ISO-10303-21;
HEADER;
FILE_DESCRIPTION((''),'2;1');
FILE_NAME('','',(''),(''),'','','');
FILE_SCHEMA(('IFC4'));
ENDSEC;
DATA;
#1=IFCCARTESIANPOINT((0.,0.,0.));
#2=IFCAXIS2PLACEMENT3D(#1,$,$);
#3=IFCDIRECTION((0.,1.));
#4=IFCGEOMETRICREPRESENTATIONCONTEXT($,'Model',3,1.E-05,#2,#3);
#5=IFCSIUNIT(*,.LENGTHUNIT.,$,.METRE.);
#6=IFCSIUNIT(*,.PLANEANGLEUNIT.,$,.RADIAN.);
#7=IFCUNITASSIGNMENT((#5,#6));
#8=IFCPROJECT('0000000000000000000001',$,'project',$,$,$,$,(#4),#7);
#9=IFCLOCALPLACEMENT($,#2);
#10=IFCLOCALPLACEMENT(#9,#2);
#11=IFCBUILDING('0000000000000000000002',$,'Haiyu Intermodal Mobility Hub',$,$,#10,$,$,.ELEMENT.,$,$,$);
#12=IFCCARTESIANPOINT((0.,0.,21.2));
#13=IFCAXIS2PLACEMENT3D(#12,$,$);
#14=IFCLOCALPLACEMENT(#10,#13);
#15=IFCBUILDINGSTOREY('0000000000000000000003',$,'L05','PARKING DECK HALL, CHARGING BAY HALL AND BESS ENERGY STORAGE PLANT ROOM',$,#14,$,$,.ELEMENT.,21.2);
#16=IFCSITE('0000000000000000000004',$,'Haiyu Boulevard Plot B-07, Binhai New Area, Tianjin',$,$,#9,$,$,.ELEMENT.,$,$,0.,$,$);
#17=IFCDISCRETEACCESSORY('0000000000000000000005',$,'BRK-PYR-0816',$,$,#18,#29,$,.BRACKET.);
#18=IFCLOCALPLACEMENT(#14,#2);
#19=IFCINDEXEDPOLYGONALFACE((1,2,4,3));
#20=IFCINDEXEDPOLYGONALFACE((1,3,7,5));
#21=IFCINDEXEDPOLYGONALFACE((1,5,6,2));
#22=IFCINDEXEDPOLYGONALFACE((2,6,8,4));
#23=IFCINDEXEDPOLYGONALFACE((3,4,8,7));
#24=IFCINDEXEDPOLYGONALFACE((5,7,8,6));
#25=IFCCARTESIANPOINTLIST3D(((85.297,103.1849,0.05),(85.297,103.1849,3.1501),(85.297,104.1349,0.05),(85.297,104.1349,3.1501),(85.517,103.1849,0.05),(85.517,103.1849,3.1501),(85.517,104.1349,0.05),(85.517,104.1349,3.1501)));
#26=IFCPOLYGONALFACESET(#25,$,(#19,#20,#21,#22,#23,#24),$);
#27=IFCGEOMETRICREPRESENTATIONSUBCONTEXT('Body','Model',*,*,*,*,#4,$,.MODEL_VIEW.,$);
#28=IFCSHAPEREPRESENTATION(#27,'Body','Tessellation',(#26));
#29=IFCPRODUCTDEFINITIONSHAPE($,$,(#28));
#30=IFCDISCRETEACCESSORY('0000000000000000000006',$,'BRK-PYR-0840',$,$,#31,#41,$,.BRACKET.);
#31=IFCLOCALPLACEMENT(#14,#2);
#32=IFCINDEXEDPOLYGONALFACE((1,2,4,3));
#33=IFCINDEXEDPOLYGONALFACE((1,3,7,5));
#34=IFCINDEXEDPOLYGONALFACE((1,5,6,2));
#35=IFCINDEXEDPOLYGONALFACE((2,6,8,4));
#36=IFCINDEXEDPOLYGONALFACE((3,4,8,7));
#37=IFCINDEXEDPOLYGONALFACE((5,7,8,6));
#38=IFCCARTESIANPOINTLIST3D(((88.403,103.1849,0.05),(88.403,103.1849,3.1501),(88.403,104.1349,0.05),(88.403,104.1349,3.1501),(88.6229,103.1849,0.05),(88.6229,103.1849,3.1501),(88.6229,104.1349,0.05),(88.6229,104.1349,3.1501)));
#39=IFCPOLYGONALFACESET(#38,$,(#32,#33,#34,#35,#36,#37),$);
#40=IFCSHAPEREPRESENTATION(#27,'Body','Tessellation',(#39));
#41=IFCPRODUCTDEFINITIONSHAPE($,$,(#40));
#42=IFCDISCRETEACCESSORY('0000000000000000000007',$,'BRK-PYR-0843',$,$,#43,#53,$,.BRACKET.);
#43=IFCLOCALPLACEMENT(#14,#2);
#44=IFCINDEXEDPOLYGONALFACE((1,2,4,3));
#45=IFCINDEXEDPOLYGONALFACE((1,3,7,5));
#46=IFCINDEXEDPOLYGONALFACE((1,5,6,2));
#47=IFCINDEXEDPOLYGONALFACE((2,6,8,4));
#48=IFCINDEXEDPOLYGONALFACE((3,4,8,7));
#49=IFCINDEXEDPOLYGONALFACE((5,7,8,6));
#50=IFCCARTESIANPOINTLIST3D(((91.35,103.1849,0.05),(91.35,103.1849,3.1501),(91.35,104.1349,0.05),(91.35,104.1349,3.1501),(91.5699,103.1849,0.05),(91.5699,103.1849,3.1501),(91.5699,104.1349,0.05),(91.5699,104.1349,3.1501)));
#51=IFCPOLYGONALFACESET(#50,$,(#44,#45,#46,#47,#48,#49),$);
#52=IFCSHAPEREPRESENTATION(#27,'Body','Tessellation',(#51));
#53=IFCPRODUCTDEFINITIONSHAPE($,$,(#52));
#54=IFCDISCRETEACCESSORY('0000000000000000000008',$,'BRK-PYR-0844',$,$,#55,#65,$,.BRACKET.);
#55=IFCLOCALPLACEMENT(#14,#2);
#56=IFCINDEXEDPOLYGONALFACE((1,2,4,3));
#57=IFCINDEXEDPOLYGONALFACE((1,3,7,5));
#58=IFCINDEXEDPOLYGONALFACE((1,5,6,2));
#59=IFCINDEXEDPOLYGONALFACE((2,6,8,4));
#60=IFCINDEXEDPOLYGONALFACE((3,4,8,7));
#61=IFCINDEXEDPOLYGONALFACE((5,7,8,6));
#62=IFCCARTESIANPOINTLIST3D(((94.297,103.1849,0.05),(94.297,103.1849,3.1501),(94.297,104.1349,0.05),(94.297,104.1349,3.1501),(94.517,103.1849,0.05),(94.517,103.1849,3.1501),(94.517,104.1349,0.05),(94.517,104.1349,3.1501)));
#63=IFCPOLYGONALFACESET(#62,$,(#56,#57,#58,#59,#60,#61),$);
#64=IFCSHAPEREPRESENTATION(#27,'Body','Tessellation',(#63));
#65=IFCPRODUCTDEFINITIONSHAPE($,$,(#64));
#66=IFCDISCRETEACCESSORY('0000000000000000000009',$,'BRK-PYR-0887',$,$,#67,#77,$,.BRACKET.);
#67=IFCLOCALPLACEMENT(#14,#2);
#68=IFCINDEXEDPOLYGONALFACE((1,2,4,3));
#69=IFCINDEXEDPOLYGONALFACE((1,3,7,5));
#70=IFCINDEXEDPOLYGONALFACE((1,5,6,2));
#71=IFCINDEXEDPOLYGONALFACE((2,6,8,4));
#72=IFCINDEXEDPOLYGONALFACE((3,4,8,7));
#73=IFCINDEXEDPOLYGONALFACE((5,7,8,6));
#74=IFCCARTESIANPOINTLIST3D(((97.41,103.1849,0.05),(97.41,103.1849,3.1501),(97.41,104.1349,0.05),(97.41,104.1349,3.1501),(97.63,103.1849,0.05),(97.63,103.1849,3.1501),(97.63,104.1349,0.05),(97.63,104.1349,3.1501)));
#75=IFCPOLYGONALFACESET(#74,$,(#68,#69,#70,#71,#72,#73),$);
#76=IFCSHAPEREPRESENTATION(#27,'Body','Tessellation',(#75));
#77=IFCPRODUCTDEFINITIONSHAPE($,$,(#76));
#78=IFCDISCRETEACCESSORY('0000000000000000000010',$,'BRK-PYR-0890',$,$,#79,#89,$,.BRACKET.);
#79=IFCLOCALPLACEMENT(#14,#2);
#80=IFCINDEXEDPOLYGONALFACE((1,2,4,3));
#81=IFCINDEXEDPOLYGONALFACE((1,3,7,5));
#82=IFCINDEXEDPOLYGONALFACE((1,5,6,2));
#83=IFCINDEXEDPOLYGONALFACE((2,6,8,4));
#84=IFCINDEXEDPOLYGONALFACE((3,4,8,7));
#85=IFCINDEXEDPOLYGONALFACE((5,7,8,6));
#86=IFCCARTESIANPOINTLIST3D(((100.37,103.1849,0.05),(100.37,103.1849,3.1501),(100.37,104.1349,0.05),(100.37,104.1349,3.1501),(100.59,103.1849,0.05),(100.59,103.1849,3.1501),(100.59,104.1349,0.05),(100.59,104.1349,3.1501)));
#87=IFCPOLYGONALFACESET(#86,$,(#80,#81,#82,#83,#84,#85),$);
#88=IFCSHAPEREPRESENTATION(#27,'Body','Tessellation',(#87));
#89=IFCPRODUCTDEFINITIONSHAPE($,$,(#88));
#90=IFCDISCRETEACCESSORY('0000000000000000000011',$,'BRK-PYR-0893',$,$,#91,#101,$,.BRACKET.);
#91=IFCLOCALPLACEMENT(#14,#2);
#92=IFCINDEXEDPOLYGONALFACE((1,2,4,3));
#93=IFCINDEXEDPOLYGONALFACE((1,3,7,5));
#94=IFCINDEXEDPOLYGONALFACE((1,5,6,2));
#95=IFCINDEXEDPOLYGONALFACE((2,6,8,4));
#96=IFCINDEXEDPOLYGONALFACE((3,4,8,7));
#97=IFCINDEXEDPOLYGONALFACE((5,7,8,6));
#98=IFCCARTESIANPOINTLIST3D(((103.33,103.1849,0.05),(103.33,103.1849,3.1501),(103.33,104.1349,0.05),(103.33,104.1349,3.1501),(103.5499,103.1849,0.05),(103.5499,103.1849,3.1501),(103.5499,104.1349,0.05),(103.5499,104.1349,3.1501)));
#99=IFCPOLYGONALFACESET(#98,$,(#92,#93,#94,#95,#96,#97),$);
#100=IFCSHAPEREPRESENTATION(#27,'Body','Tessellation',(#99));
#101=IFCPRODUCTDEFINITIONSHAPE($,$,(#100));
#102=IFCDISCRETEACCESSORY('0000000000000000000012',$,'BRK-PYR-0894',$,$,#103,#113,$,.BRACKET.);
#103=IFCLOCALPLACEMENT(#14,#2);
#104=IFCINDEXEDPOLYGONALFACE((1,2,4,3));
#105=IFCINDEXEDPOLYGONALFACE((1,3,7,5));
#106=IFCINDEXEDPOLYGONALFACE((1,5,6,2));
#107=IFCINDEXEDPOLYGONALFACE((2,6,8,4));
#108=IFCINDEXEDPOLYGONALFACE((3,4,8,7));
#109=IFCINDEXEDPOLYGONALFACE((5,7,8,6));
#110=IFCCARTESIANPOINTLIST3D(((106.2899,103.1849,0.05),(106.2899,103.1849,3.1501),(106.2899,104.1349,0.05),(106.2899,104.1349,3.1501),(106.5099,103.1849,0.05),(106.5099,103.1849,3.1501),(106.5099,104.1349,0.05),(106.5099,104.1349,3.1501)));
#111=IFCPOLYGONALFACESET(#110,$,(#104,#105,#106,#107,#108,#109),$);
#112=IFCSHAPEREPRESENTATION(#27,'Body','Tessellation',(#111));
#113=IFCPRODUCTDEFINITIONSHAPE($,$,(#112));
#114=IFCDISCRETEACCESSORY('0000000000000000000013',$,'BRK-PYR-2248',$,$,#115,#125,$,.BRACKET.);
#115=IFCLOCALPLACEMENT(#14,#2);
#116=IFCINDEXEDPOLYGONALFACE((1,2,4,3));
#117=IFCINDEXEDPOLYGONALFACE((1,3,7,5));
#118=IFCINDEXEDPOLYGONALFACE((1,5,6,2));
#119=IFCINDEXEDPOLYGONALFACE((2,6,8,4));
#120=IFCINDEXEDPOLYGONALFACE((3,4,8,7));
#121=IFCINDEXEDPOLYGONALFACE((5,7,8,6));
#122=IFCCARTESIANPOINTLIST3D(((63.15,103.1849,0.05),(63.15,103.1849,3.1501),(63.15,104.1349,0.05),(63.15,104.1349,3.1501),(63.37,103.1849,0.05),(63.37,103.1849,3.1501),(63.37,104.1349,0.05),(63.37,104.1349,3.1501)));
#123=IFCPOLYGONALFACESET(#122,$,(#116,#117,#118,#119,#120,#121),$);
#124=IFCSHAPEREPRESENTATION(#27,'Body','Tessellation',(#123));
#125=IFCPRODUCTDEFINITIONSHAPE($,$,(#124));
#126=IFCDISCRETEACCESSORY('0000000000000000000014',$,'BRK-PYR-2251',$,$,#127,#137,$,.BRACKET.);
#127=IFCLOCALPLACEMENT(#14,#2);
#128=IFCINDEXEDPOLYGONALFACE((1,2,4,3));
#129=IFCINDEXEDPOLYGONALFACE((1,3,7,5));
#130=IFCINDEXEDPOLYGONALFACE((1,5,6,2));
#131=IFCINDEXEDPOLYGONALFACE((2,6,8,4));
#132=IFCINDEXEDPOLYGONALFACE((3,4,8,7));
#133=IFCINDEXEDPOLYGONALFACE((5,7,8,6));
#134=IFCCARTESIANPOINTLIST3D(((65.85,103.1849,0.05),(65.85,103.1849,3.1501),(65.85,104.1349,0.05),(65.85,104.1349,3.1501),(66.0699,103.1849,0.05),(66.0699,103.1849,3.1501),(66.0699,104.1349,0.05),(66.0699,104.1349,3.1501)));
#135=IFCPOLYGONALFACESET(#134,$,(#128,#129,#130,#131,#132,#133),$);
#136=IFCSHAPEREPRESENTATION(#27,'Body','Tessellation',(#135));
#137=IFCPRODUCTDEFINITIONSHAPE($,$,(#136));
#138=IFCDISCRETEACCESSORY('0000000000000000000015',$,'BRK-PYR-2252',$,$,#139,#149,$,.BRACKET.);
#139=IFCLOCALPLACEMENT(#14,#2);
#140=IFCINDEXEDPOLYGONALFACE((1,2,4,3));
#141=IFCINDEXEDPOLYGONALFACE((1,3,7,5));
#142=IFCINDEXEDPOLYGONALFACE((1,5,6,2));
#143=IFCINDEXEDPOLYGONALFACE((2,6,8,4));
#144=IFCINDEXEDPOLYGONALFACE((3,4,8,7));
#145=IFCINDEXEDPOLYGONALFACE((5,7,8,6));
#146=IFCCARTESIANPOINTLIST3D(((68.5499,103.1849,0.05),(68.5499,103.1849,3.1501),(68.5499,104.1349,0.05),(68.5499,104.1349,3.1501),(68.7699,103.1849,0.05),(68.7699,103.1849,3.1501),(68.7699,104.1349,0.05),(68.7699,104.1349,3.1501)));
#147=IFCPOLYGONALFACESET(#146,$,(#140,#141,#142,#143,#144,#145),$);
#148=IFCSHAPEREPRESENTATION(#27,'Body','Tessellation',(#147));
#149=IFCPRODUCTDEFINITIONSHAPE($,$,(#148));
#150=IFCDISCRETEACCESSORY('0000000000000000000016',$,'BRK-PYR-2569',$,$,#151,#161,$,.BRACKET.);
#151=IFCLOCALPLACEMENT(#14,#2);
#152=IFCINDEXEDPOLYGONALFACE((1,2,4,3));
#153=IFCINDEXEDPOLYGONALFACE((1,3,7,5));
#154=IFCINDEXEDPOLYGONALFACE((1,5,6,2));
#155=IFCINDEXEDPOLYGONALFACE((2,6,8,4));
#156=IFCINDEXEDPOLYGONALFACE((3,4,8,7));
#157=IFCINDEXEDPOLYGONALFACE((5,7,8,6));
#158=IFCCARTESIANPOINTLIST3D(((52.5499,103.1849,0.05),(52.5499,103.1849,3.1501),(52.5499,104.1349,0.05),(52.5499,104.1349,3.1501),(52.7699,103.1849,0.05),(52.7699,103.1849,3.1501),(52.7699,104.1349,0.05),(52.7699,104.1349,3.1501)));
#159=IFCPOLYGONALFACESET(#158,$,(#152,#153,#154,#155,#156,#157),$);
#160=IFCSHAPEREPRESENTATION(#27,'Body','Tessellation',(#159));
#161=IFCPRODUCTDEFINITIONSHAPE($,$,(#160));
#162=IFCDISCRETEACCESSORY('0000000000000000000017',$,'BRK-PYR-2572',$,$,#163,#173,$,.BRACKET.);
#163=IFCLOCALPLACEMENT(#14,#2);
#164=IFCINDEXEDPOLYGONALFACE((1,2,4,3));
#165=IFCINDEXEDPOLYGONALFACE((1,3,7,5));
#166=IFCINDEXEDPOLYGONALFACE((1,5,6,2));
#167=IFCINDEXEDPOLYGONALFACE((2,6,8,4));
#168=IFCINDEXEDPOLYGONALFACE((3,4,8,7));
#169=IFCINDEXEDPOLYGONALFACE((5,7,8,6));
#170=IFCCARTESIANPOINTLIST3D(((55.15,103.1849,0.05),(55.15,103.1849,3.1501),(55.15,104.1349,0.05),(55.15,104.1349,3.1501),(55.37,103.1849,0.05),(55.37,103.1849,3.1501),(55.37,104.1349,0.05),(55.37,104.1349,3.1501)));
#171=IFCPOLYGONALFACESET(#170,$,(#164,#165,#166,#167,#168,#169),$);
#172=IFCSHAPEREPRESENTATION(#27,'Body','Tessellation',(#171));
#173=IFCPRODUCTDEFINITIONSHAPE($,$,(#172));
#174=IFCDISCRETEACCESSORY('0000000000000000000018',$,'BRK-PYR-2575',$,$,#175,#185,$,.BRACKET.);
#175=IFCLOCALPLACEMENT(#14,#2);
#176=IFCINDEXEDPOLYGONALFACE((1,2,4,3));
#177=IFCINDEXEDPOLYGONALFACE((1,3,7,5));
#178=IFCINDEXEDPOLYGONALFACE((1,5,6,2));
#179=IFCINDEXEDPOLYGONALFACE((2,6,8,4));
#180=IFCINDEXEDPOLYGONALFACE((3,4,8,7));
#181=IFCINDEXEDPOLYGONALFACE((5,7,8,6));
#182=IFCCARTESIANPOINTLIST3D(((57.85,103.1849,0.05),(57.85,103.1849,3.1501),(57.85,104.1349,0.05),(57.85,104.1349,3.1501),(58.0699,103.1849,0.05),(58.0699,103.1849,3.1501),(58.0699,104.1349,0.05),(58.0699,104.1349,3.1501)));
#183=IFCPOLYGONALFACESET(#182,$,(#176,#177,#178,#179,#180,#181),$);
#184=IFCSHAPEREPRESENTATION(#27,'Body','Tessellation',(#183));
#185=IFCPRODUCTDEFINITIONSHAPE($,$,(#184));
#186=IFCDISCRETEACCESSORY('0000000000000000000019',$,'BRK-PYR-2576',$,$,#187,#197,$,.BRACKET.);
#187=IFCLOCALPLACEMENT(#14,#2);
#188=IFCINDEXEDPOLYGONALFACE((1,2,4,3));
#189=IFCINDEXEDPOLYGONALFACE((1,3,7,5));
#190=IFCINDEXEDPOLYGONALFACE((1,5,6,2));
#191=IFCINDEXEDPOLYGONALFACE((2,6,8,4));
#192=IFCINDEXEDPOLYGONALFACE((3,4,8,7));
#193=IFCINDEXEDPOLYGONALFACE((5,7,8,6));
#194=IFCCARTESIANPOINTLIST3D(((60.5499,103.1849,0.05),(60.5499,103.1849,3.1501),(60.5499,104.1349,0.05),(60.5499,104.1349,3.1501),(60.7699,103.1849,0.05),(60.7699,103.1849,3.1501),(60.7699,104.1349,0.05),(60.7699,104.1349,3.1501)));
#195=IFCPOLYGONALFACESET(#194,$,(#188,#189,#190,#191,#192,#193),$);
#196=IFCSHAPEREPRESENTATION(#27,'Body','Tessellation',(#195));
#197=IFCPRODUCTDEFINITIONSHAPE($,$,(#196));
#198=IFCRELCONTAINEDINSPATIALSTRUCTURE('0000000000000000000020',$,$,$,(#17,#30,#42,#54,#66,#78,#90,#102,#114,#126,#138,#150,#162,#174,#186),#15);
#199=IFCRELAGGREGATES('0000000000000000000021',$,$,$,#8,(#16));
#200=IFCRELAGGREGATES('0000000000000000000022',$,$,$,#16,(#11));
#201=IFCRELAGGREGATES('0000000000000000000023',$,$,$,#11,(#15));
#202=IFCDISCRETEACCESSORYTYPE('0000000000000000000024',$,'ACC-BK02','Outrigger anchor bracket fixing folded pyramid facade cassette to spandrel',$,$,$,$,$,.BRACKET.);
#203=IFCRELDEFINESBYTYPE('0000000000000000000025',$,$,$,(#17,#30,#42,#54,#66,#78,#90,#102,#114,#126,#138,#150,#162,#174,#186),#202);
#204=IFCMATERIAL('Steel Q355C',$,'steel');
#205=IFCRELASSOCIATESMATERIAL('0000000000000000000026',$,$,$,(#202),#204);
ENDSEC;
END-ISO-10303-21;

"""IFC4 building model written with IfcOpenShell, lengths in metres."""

from ifc_helpers import new_model, si_unit, direction, frame, origin, origin_2d, place, context, subcontext, project, spatial, rectangle, extrude, material, type_object, element, save


model = new_model("IFC4")

# Units and contexts
model_context = context("Model", 3, precision=1e-05, world=origin(), true_north=direction((0.0, 1.0)))
body_context = subcontext(model_context, "Body", "Model", "MODEL_VIEW")
ifc_project = project(units=[si_unit("LENGTHUNIT", "METRE"), si_unit("PLANEANGLEUNIT", "RADIAN")], contexts=[model_context])

# Site, building, storey
site_placement = place(None, origin())
site = spatial("IfcSite", under=ifc_project, at=site_placement, Name="Haiyu Boulevard Plot B-07, Binhai New Area, Tianjin", CompositionType="ELEMENT", RefElevation=0.0)
building_placement = place(site_placement, origin())
building = spatial("IfcBuilding", under=site, at=building_placement, Name="Haiyu Intermodal Mobility Hub", CompositionType="ELEMENT")
storey_placement = place(building_placement, frame((0.0, 0.0, 21.2)))
storey = spatial("IfcBuildingStorey", under=building, at=storey_placement, Name="L05", Description="PARKING DECK HALL, CHARGING BAY HALL AND BESS ENERGY STORAGE PLANT ROOM", CompositionType="ELEMENT", Elevation=21.2)

# Discrete accessories
ifc_material_1 = material(Name="Steel Q355C", Category="steel")
discrete_accessory_type = type_object("IfcDiscreteAccessoryType", Name="ACC-BK02", Description="Outrigger anchor bracket fixing folded pyramid facade cassette to spandrel", PredefinedType="BRACKET", material=ifc_material_1)
for number, where, z_axis, x_axis, name in (
    (1, (85.407, 103.6599, 0.05), (0.0, 0.0, 1.0), (1.0, 0.0, 0.0), "BRK-PYR-0816"),
    (2, (88.5129, 103.6599, 0.05), (0.0, 0.0, 1.0), (1.0, 0.0, 0.0), "BRK-PYR-0840"),
    (3, (91.46, 103.6599, 0.05), (0.0, 0.0, 1.0), (1.0, 0.0, 0.0), "BRK-PYR-0843"),
    (4, (94.407, 103.6599, 0.05), (0.0, 0.0, 1.0), (1.0, 0.0, 0.0), "BRK-PYR-0844"),
    (5, (97.52, 103.6599, 0.05), (0.0, 0.0, 1.0), (1.0, 0.0, 0.0), "BRK-PYR-0887"),
    (6, (100.48, 103.6599, 0.05), (0.0, 0.0, 1.0), (1.0, 0.0, 0.0), "BRK-PYR-0890"),
    (7, (103.4399, 103.6599, 0.05), (0.0, 0.0, 1.0), (1.0, 0.0, 0.0), "BRK-PYR-0893"),
    (8, (106.3999, 103.6599, 0.05), (0.0, 0.0, 1.0), (1.0, 0.0, 0.0), "BRK-PYR-0894"),
    (9, (63.26, 103.6599, 0.05), (0.0, 0.0, 1.0), (1.0, 0.0, 0.0), "BRK-PYR-2248"),
    (10, (65.96, 103.6599, 0.05), (0.0, 0.0, 1.0), (1.0, 0.0, 0.0), "BRK-PYR-2251"),
    (11, (68.6599, 103.6599, 0.05), (0.0, 0.0, 1.0), (1.0, 0.0, 0.0), "BRK-PYR-2252"),
    (12, (52.6599, 103.6599, 0.05), (0.0, 0.0, 1.0), (1.0, 0.0, 0.0), "BRK-PYR-2569"),
    (13, (55.26, 103.6599, 0.05), (0.0, 0.0, 1.0), (1.0, 0.0, 0.0), "BRK-PYR-2572"),
    (14, (57.96, 103.6599, 0.05), (0.0, 0.0, 1.0), (1.0, 0.0, 0.0), "BRK-PYR-2575"),
    (15, (60.6599, 103.6599, 0.05), (0.0, 0.0, 1.0), (1.0, 0.0, 0.0), "BRK-PYR-2576"),
):
    element("IfcDiscreteAccessory", number, at=place(storey_placement, frame(where, z_axis=z_axis, x_axis=x_axis)), inside=storey, type_object=discrete_accessory_type, Name=name, PredefinedType="BRACKET", context=body_context, shape_type="SweptSolid", body=[
        extrude(rectangle(XDim=0.22, YDim=0.95, at=origin_2d()), origin(), (0.0, 0.0, 1.0), 3.1001),
    ])

save(model, "model.ifc")
